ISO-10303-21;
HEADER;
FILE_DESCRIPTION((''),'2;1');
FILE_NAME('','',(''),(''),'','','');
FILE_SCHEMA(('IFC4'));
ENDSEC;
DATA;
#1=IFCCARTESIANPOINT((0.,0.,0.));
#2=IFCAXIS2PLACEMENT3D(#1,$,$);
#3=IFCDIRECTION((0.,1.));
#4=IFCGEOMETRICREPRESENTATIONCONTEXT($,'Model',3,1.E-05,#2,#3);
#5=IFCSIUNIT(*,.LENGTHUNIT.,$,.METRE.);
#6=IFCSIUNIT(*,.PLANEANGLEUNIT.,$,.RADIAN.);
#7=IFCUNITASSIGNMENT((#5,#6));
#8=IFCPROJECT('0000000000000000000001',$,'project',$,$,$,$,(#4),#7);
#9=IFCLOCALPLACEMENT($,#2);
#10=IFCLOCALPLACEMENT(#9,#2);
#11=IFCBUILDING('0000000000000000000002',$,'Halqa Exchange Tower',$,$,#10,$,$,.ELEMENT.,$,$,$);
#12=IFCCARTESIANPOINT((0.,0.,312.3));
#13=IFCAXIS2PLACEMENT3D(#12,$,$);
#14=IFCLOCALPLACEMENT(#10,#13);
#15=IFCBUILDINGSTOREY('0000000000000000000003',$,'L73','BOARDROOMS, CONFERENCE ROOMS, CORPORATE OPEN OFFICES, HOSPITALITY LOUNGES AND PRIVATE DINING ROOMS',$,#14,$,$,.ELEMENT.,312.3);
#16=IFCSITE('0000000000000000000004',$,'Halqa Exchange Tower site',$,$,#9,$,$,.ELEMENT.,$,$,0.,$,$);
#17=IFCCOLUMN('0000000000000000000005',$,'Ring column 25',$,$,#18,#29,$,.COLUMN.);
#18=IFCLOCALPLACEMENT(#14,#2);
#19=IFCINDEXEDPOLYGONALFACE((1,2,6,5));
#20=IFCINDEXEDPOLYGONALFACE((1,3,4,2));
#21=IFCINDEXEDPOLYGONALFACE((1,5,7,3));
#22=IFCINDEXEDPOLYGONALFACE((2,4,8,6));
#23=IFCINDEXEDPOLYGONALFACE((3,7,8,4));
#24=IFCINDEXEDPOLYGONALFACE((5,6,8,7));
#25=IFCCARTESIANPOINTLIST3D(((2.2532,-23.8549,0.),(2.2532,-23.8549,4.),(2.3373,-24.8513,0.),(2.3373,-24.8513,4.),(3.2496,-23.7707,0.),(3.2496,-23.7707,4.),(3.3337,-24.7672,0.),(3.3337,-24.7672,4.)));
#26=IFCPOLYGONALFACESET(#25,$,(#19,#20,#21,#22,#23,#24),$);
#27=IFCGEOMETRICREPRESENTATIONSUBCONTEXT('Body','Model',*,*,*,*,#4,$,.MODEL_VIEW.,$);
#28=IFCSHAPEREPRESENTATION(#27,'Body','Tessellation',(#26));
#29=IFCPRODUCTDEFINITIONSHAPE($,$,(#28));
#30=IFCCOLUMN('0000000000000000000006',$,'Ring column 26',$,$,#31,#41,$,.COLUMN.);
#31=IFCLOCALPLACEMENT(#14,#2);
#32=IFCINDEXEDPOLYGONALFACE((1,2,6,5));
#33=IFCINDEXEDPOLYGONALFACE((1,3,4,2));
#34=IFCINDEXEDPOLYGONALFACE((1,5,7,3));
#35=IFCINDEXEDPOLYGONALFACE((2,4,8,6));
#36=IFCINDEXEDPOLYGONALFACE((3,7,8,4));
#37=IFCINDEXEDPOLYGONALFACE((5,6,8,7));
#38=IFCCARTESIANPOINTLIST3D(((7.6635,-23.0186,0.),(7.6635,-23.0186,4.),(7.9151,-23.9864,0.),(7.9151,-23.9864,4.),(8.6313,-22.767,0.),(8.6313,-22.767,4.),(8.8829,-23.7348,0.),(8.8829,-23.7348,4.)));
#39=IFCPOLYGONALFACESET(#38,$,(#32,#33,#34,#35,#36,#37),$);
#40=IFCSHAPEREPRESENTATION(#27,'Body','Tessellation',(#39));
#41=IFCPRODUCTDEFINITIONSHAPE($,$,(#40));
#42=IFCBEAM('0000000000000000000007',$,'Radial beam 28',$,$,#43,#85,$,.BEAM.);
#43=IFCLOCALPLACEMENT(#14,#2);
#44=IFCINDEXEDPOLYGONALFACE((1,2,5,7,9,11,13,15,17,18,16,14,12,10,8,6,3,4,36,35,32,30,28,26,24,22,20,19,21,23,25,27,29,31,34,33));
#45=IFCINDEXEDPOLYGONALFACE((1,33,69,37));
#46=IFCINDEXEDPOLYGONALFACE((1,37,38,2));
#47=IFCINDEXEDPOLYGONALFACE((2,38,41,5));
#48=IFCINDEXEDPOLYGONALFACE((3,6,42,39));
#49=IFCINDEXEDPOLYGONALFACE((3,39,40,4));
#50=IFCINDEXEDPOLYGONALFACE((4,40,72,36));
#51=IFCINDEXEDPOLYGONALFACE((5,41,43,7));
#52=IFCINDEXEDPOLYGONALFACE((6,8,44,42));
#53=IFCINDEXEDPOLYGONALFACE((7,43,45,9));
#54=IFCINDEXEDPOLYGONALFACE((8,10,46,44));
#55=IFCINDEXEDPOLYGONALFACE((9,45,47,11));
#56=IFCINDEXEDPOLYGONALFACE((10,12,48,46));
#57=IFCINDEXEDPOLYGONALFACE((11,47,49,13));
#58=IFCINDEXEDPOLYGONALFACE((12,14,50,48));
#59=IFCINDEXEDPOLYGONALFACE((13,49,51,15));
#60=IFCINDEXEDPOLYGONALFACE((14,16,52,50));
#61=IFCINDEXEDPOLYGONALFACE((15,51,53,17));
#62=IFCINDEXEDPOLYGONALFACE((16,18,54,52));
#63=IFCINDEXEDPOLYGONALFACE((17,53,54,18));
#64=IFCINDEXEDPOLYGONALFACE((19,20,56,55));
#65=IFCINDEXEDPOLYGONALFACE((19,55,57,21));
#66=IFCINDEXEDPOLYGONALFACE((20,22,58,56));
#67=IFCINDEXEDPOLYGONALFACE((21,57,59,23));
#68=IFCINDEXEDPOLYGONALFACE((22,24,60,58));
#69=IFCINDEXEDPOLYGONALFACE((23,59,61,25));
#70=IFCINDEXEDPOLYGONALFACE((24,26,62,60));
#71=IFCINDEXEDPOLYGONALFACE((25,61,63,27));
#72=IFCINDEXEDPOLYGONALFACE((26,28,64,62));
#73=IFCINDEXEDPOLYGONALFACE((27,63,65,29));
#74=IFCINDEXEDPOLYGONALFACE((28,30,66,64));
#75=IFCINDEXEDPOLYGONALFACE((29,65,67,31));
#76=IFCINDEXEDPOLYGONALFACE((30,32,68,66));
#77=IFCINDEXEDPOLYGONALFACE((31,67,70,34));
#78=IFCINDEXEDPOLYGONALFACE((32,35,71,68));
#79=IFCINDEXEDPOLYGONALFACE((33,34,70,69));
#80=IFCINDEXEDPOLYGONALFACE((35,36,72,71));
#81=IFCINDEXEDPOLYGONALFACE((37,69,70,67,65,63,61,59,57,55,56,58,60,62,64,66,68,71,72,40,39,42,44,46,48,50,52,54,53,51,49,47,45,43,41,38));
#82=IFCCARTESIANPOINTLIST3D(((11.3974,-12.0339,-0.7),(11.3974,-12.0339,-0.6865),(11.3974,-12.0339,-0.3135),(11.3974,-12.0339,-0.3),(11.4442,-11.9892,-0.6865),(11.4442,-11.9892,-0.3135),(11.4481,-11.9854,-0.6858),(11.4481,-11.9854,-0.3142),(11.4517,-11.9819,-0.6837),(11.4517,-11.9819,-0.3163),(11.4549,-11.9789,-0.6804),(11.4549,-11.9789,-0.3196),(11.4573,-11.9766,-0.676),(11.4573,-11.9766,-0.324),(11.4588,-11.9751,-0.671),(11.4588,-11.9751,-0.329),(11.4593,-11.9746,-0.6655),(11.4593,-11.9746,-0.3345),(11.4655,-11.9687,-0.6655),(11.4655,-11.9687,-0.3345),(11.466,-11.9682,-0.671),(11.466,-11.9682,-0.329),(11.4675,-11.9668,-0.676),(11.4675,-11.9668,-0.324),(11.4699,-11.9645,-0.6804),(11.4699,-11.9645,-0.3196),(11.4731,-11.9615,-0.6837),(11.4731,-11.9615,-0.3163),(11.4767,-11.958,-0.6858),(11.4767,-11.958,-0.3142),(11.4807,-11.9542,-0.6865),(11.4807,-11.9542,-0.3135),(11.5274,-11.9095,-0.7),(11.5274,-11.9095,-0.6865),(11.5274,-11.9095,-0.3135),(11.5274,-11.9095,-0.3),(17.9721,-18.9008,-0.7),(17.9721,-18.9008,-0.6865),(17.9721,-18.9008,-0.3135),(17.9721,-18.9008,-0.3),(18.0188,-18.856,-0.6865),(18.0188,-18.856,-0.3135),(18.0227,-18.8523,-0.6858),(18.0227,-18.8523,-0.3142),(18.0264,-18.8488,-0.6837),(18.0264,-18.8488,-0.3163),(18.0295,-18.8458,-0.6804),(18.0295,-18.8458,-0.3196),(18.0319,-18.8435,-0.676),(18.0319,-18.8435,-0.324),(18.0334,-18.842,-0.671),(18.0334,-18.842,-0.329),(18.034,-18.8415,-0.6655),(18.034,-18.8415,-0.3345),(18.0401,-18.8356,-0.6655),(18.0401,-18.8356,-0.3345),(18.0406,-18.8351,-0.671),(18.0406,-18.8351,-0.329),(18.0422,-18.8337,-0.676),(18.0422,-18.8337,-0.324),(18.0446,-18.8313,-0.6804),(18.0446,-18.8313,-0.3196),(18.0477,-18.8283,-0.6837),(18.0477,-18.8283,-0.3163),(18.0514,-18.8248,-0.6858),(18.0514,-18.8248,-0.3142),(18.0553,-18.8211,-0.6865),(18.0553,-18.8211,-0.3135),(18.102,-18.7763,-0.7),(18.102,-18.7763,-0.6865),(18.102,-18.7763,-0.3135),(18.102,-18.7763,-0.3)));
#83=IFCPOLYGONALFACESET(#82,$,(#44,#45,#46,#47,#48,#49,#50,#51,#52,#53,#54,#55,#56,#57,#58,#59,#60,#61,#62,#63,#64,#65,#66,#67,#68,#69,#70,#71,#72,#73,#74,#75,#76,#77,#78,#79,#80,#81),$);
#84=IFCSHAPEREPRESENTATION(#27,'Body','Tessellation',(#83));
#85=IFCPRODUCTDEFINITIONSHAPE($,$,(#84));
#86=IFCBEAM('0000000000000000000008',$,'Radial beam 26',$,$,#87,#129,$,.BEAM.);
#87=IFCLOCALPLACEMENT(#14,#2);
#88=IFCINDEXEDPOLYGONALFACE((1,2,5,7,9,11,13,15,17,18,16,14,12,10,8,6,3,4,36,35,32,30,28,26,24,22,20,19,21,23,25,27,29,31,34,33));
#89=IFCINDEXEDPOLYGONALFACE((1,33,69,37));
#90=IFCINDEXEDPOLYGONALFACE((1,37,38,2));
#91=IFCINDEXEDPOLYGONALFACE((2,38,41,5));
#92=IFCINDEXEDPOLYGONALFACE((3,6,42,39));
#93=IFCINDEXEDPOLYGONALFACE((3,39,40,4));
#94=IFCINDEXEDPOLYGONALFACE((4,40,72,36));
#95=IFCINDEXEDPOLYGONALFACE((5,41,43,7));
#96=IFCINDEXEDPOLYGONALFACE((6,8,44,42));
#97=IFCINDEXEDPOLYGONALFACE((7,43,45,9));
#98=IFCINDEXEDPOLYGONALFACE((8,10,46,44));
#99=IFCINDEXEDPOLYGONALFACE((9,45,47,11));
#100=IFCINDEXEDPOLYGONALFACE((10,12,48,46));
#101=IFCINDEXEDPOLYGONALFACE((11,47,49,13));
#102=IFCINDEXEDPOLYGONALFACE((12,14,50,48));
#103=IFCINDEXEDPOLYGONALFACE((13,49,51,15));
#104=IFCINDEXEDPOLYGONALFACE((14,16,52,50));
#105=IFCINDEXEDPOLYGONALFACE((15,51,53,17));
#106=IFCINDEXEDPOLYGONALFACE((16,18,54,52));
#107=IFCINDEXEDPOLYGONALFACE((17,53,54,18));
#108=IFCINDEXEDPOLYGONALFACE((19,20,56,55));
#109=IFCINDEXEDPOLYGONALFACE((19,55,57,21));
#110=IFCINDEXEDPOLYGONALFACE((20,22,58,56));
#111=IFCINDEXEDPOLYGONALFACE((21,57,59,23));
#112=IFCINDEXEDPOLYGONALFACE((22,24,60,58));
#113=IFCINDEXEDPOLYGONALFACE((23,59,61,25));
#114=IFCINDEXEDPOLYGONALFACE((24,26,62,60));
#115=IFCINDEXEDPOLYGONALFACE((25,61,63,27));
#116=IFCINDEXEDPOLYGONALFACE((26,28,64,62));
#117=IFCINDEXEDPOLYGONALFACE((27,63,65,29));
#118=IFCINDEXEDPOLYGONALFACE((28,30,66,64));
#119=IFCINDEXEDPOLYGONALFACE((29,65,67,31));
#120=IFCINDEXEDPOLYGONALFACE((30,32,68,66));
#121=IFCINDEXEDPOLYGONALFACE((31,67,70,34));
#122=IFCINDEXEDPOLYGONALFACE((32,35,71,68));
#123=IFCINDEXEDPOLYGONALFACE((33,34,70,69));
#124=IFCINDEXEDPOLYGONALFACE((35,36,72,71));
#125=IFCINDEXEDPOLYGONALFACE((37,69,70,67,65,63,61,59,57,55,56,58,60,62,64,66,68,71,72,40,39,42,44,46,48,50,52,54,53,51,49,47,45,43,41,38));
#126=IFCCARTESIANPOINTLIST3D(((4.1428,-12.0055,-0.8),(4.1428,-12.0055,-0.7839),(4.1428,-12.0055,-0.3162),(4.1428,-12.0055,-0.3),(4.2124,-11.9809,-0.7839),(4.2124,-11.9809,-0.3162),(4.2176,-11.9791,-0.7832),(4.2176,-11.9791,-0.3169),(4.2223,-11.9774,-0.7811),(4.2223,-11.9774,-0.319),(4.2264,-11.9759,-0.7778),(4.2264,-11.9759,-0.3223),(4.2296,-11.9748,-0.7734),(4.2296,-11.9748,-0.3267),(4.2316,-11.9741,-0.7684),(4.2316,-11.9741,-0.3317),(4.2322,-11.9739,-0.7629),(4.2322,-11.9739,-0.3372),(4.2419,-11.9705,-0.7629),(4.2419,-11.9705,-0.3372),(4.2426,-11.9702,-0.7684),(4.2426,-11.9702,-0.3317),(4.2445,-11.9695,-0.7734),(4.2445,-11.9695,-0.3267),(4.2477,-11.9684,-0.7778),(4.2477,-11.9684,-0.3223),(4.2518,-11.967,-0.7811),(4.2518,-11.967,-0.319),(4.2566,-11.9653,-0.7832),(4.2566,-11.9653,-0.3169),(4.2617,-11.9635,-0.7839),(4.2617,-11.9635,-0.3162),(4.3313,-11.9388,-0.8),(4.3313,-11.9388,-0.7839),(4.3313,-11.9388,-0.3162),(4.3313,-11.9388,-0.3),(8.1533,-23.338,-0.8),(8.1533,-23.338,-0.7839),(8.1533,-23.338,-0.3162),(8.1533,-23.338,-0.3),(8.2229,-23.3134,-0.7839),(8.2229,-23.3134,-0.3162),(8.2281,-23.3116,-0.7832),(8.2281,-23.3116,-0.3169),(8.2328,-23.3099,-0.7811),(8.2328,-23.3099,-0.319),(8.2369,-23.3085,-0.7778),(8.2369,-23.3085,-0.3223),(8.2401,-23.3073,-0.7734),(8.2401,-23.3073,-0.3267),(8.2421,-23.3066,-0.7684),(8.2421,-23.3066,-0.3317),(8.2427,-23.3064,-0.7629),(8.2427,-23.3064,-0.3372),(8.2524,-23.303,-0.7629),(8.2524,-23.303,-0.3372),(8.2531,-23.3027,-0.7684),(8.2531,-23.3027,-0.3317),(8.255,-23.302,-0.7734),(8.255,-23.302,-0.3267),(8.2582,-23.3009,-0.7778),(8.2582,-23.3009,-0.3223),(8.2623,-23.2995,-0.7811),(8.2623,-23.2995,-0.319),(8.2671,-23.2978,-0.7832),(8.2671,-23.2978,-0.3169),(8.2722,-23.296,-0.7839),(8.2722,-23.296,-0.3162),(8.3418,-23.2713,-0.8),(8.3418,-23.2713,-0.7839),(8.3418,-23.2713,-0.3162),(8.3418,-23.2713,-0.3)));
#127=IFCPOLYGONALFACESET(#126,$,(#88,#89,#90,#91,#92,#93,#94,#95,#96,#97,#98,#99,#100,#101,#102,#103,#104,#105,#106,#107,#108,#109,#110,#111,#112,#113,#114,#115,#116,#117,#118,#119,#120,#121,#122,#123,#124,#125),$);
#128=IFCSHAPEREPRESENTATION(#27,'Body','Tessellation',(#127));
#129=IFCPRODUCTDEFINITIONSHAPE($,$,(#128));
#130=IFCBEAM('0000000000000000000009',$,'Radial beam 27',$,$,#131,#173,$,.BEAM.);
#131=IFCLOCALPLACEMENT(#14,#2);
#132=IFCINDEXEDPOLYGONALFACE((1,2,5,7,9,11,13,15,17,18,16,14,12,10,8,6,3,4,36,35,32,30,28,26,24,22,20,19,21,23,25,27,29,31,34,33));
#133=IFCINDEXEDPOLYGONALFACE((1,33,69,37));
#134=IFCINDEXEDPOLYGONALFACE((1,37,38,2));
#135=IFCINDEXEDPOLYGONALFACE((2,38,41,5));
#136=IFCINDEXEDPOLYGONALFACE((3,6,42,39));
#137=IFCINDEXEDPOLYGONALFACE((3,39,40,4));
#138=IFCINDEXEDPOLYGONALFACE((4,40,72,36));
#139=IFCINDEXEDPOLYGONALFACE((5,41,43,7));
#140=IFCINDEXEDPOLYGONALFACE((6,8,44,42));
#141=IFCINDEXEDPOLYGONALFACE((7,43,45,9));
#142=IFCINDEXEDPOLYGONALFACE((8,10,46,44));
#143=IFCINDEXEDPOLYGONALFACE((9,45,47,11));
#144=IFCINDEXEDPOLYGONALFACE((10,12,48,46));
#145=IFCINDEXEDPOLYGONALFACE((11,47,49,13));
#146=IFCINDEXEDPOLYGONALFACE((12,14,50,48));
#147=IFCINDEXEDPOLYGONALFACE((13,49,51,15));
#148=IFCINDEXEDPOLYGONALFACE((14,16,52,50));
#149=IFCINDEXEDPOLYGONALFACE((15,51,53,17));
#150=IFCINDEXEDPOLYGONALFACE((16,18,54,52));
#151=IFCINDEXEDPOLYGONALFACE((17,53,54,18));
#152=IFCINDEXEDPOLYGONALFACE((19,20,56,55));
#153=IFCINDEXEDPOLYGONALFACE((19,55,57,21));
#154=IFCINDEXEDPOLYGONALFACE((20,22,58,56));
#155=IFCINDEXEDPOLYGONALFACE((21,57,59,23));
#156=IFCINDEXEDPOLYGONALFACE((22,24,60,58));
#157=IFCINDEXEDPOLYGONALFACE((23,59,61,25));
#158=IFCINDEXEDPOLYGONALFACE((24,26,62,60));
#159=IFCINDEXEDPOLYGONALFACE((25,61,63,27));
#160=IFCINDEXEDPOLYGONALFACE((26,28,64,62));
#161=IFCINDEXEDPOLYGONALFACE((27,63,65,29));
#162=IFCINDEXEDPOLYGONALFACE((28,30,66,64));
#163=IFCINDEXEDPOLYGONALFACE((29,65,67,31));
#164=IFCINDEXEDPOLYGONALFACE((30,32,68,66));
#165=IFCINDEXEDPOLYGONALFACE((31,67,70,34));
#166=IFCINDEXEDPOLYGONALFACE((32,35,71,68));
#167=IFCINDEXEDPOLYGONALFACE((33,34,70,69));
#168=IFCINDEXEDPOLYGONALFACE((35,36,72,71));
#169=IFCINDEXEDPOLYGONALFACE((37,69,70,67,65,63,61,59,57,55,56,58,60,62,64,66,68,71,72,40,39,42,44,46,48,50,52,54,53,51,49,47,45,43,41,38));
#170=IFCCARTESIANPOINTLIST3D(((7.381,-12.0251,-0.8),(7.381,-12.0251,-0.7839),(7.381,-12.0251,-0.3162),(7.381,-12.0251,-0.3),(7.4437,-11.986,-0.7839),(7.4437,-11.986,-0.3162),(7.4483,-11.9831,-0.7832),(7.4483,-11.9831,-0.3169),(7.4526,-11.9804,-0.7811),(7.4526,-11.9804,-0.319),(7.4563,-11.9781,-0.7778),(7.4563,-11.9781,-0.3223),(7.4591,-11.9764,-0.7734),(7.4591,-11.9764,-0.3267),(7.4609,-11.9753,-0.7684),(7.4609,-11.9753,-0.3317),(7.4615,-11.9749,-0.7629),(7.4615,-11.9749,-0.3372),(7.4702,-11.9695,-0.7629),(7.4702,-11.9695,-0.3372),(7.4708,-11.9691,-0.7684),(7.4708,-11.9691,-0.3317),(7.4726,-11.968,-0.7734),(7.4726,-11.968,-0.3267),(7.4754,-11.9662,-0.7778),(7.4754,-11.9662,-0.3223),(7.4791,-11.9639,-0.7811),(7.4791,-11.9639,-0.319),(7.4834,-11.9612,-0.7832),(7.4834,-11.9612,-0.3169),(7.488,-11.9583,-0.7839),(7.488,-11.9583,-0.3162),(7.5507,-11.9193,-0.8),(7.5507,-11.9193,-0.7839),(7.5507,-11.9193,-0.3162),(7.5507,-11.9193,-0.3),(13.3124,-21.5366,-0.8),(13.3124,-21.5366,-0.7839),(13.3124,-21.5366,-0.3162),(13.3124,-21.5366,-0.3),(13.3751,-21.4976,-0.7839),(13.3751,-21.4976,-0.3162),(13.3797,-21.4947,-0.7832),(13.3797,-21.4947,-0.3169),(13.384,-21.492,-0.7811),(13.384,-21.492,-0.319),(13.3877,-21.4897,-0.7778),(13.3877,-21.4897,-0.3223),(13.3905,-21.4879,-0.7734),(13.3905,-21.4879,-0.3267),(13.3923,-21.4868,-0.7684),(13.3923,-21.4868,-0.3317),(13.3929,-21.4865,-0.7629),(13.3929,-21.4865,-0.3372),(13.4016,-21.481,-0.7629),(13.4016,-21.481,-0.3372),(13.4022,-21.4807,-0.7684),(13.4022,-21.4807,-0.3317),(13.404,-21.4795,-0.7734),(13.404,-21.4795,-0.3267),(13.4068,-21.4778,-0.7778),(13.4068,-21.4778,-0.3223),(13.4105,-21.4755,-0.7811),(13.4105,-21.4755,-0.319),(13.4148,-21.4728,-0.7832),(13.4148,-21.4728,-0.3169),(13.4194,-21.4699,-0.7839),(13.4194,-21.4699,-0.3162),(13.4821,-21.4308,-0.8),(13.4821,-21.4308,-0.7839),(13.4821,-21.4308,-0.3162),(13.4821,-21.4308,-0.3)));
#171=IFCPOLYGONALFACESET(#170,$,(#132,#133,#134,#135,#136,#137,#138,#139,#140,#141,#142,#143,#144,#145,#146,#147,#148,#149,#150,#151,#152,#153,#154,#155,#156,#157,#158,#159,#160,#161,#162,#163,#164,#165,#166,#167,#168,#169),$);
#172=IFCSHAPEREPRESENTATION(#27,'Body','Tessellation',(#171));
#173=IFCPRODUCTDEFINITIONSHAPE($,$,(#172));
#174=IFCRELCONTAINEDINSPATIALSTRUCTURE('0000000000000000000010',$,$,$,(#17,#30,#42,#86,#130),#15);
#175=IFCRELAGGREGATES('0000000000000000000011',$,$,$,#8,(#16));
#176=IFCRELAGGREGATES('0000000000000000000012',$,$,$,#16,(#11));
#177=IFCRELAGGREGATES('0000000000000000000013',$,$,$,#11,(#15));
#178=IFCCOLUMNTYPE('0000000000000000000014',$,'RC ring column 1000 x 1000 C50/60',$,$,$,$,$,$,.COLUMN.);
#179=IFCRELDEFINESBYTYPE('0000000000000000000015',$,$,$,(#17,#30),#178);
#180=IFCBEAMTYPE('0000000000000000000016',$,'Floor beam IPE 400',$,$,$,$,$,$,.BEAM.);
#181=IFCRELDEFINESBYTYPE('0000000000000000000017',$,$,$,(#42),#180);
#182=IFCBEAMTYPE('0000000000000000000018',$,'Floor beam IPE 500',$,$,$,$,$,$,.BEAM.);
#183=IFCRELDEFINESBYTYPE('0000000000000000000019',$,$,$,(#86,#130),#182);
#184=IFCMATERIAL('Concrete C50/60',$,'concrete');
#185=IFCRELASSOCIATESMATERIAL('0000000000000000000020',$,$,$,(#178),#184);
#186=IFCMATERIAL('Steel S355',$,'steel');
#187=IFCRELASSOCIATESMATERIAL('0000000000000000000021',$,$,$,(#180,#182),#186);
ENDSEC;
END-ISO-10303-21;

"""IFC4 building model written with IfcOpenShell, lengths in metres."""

from ifc_helpers import new_model, si_unit, direction, frame, origin, origin_2d, place, context, subcontext, project, spatial, rectangle, i_section, extrude, material, material_profile, profile_set, type_object, element, save


model = new_model("IFC4")

# Units and contexts
model_context = context("Model", 3, precision=1e-05, world=origin(), true_north=direction((0.0, 1.0)))
body_context = subcontext(model_context, "Body", "Model", "MODEL_VIEW")
ifc_project = project(units=[si_unit("LENGTHUNIT", "METRE"), si_unit("PLANEANGLEUNIT", "RADIAN")], contexts=[model_context])

# Site, building, storey
site_placement = place(None, origin())
site = spatial("IfcSite", under=ifc_project, at=site_placement, Name="Halqa Exchange Tower site", CompositionType="ELEMENT", RefElevation=0.0)
building_placement = place(site_placement, origin())
building = spatial("IfcBuilding", under=site, at=building_placement, Name="Halqa Exchange Tower", CompositionType="ELEMENT")
storey_placement = place(building_placement, frame((0.0, 0.0, 312.3)))
storey = spatial("IfcBuildingStorey", under=building, at=storey_placement, Name="L73", Description="BOARDROOMS, CONFERENCE ROOMS, CORPORATE OPEN OFFICES, HOSPITALITY LOUNGES AND PRIVATE DINING ROOMS", CompositionType="ELEMENT", Elevation=312.3)

# Columns
ifc_material_1 = material(Name="Concrete C50/60", Category="concrete")
ifc_material_profile_1 = material_profile(ifc_material_1, rectangle(XDim=1.0, YDim=1.0, at=origin_2d()), Name="1000 x 1000")
ifc_profile_set_1 = profile_set([ifc_material_profile_1], Name="Concrete C50/60")
column_type = type_object("IfcColumnType", Name="RC ring column 1000 x 1000 C50/60", PredefinedType="COLUMN", material=ifc_profile_set_1)
for number, where, z_axis, x_axis, name in (
    (1, (2.7935, -24.311, 0.0), (0.0, 0.0, 1.0), (0.996455, 0.084127, 0.0), "Ring column 25"),
    (2, (8.2732, -23.3767, 0.0), (0.0, 0.0, 1.0), (0.967819, 0.251647, 0.0), "Ring column 26"),
):
    element("IfcColumn", number, at=place(storey_placement, frame(where, z_axis=z_axis, x_axis=x_axis)), inside=storey, type_object=column_type, Name=name, PredefinedType="COLUMN", context=body_context, shape_type="SweptSolid", body=[
        extrude(rectangle(XDim=1.0, YDim=1.0, at=origin_2d()), origin(), (0.0, 0.0, 1.0), 4.0),
    ])

# Beams
ifc_material_2 = material(Name="Steel S355", Category="steel")
ifc_material_profile_2 = material_profile(ifc_material_2, i_section(OverallWidth=0.1799, OverallDepth=0.3999, WebThickness=0.0085, FlangeThickness=0.0134, FilletRadius=0.021, at=origin_2d()), Name="IPE 400")
ifc_profile_set_2 = profile_set([ifc_material_profile_2], Name="Steel S355")
beam_type_1 = type_object("IfcBeamType", Name="Floor beam IPE 400", PredefinedType="BEAM", material=ifc_profile_set_2)
beam_1_placement = place(storey_placement, frame((11.4624, -11.9717, -0.5), z_axis=(0.69157, -0.722309, 0.0), x_axis=(0.722309, 0.69157, 0.0)))
element("IfcBeam", 3, at=beam_1_placement, inside=storey, type_object=beam_type_1, Name="Radial beam 28", PredefinedType="BEAM", context=body_context, shape_type="SweptSolid", body=[
    extrude(i_section(OverallWidth=0.1799, OverallDepth=0.3999, WebThickness=0.0085, FlangeThickness=0.0134, FilletRadius=0.021, at=origin_2d()), origin(), (0.0, 0.0, 1.0), 9.5068),
])
ifc_material_profile_3 = material_profile(ifc_material_2, i_section(OverallWidth=0.2, OverallDepth=0.5, WebThickness=0.0103, FlangeThickness=0.0161, FilletRadius=0.021, at=origin_2d()), Name="IPE 500")
ifc_profile_set_3 = profile_set([ifc_material_profile_3], Name="Steel S355")
beam_type_2 = type_object("IfcBeamType", Name="Floor beam IPE 500", PredefinedType="BEAM", material=ifc_profile_set_3)
beam_2_placement = place(storey_placement, frame((4.2371, -11.9722, -0.55), z_axis=(0.333618, -0.942708, 0.0), x_axis=(0.942708, 0.333618, 0.0)))
element("IfcBeam", 4, at=beam_2_placement, inside=storey, type_object=beam_type_2, Name="Radial beam 26", PredefinedType="BEAM", context=body_context, shape_type="SweptSolid", body=[
    extrude(i_section(OverallWidth=0.2, OverallDepth=0.5, WebThickness=0.0103, FlangeThickness=0.0161, FilletRadius=0.021, at=origin_2d()), origin(), (0.0, 0.0, 1.0), 12.0212),
])
beam_3_placement = place(storey_placement, frame((7.4658, -11.9722, -0.55), z_axis=(0.529147, -0.84853, 0.0), x_axis=(0.84853, 0.529147, 0.0)))
element("IfcBeam", 5, at=beam_3_placement, inside=storey, type_object=beam_type_2, Name="Radial beam 27", PredefinedType="BEAM", context=body_context, shape_type="SweptSolid", body=[
    extrude(i_section(OverallWidth=0.2, OverallDepth=0.5, WebThickness=0.0103, FlangeThickness=0.0161, FilletRadius=0.021, at=origin_2d()), origin(), (0.0, 0.0, 1.0), 11.2095),
])

save(model, "model.ifc")
